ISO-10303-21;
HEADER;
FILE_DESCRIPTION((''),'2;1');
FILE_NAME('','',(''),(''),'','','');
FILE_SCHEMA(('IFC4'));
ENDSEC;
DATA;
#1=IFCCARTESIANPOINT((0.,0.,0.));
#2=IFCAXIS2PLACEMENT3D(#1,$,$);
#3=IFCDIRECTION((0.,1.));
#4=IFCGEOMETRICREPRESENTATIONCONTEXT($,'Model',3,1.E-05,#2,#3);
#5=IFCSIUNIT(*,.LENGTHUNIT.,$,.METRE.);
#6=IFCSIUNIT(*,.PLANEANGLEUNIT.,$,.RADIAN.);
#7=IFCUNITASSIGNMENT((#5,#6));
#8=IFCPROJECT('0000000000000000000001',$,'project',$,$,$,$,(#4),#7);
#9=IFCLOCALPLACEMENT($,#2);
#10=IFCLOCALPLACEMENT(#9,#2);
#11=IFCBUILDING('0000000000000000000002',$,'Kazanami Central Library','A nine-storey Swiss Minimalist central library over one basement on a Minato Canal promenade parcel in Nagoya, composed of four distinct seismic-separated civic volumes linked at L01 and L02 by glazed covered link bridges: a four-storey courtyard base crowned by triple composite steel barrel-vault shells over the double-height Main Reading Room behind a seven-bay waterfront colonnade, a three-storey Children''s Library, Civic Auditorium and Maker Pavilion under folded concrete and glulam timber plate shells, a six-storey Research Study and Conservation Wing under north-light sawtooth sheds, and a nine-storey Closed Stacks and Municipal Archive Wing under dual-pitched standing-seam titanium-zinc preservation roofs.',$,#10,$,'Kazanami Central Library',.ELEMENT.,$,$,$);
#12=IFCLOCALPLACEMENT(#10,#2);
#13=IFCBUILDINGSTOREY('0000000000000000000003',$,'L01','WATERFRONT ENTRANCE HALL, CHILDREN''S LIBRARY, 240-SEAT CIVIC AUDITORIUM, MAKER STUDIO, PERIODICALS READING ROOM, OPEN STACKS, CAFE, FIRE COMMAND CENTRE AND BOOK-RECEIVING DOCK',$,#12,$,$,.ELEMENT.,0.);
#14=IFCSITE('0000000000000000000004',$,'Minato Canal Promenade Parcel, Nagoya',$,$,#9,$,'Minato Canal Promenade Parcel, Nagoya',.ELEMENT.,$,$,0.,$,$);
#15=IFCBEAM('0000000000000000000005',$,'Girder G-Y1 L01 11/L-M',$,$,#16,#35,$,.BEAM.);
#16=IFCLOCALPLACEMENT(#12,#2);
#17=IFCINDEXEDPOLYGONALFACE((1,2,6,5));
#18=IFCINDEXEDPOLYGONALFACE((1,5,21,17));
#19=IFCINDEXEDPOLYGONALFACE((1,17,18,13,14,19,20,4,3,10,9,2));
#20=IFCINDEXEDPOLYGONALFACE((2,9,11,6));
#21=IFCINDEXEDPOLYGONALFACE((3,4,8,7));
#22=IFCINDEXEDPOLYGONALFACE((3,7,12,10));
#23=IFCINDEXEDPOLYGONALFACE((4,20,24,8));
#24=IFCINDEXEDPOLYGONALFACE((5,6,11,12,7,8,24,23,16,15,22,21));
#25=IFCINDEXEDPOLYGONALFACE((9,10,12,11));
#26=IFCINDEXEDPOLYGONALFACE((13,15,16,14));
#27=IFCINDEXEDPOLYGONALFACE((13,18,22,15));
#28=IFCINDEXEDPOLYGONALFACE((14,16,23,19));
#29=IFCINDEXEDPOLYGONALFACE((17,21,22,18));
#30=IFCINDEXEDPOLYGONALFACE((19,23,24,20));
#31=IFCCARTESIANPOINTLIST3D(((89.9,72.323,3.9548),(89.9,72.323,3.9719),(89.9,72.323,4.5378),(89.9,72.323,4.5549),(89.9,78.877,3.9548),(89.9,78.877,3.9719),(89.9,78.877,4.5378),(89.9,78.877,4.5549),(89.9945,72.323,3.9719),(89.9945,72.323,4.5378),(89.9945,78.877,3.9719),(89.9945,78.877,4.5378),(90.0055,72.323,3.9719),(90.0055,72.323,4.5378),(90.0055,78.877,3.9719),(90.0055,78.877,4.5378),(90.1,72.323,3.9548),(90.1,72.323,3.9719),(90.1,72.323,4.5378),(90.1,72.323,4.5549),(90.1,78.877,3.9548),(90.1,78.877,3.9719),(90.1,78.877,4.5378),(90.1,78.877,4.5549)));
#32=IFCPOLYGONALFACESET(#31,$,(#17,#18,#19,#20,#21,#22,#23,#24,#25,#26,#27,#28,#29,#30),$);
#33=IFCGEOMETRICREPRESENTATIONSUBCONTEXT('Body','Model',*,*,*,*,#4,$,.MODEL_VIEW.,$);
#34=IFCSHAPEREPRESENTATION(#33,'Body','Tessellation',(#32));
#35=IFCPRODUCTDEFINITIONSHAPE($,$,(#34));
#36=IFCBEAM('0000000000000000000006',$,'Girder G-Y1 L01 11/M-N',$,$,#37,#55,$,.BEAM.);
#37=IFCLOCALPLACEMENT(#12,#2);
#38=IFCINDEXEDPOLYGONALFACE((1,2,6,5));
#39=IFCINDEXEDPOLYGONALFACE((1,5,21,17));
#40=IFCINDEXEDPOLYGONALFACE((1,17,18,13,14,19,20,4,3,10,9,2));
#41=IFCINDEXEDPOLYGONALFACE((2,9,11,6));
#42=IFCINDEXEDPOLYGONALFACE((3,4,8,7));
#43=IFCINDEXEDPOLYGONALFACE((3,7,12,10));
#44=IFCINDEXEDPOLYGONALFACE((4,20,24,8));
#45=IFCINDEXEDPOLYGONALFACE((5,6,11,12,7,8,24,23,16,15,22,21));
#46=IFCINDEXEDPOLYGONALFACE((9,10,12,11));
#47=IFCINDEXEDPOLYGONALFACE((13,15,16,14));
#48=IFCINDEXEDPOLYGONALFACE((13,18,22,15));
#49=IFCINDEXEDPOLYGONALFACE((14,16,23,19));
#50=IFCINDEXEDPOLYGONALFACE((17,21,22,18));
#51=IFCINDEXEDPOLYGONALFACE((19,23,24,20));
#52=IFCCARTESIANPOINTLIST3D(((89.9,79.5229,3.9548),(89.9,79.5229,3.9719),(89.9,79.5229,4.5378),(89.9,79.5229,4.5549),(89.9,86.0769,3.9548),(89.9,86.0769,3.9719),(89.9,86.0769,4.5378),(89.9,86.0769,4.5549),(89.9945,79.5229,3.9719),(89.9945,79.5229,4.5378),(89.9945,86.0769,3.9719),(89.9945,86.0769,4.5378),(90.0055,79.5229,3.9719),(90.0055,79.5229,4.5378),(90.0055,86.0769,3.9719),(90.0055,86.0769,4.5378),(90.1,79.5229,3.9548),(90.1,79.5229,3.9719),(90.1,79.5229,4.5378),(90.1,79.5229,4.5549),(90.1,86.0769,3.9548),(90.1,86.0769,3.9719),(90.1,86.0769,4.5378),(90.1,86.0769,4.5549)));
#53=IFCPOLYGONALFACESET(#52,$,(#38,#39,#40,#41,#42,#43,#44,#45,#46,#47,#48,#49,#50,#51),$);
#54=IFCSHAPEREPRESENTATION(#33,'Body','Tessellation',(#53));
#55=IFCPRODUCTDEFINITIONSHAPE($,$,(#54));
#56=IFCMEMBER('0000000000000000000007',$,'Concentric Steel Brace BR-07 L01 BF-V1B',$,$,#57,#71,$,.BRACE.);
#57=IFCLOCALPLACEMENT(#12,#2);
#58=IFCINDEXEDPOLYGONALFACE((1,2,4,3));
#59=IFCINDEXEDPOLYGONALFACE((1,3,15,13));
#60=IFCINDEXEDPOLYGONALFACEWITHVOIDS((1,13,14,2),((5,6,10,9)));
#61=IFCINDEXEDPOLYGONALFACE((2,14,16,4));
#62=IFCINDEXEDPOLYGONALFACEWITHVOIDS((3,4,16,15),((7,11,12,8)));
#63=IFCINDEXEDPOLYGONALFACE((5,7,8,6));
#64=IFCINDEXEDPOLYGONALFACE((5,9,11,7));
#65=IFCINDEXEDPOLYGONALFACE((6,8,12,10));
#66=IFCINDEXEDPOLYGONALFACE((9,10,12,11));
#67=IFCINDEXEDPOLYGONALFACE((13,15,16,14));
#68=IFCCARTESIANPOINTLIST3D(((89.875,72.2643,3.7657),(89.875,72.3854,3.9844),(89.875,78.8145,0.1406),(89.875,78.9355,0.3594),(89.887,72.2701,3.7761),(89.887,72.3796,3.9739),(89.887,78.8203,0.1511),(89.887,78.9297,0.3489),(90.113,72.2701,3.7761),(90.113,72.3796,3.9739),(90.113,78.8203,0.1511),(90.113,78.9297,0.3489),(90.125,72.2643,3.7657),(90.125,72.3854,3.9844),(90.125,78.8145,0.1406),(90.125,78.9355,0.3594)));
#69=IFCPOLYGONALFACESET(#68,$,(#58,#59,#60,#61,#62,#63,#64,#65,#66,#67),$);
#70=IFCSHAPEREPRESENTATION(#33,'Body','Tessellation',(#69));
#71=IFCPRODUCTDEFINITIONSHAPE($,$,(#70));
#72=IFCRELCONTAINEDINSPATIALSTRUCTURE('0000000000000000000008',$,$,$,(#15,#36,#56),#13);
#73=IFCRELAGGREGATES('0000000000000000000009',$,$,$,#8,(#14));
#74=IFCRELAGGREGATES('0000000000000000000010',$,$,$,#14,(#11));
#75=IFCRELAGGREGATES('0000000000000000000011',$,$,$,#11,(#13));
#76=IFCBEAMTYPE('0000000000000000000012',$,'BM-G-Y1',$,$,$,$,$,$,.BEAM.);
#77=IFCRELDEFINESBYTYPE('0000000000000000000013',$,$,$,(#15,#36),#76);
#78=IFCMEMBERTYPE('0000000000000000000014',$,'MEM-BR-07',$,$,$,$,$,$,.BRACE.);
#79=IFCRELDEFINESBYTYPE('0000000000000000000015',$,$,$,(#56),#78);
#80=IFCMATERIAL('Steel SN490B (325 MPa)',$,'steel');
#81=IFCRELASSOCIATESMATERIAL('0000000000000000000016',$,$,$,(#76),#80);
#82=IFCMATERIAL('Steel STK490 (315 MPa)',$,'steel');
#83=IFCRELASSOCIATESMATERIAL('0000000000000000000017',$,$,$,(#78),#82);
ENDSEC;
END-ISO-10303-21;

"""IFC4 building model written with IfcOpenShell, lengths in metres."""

from ifc_helpers import new_model, si_unit, direction, frame, origin, origin_2d, place, context, subcontext, project, spatial, hollow_rectangle, i_section, extrude, material, material_profile, profile_set, type_object, element, save


model = new_model("IFC4")

# Units and contexts
model_context = context("Model", 3, precision=1e-05, world=origin(), true_north=direction((0.0, 1.0)))
body_context = subcontext(model_context, "Body", "Model", "MODEL_VIEW")
ifc_project = project(units=[si_unit("LENGTHUNIT", "METRE"), si_unit("PLANEANGLEUNIT", "RADIAN")], contexts=[model_context])

# Site, building, storey
site_placement = place(None, origin())
site = spatial("IfcSite", under=ifc_project, at=site_placement, Name="Minato Canal Promenade Parcel, Nagoya", LongName="Minato Canal Promenade Parcel, Nagoya", CompositionType="ELEMENT", RefElevation=0.0)
building_placement = place(site_placement, origin())
building = spatial("IfcBuilding", under=site, at=building_placement, Name="Kazanami Central Library", Description="A nine-storey Swiss Minimalist central library over one basement on a Minato Canal promenade parcel in Nagoya, composed of four distinct seismic-separated civic volumes linked at L01 and L02 by glazed covered link bridges: a four-storey courtyard base crowned by triple composite steel barrel-vault shells over the double-height Main Reading Room behind a seven-bay waterfront colonnade, a three-storey Children's Library, Civic Auditorium and Maker Pavilion under folded concrete and glulam timber plate shells, a six-storey Research Study and Conservation Wing under north-light sawtooth sheds, and a nine-storey Closed Stacks and Municipal Archive Wing under dual-pitched standing-seam titanium-zinc preservation roofs.", LongName="Kazanami Central Library", CompositionType="ELEMENT")
storey_placement = place(building_placement, origin())
storey = spatial("IfcBuildingStorey", under=building, at=storey_placement, Name="L01", Description="WATERFRONT ENTRANCE HALL, CHILDREN'S LIBRARY, 240-SEAT CIVIC AUDITORIUM, MAKER STUDIO, PERIODICALS READING ROOM, OPEN STACKS, CAFE, FIRE COMMAND CENTRE AND BOOK-RECEIVING DOCK", CompositionType="ELEMENT", Elevation=0.0)

# Beams
ifc_material_1 = material(Name="Steel SN490B (325 MPa)", Category="steel")
ifc_material_profile_1 = material_profile(ifc_material_1, i_section(OverallWidth=0.2, OverallDepth=0.6001, WebThickness=0.011, FlangeThickness=0.0171, at=origin_2d()), Name="H-600x200x11x17")
ifc_profile_set_1 = profile_set([ifc_material_profile_1], Name="Steel SN490B (325 MPa)")
beam_type_1 = type_object("IfcBeamType", Name="BM-G-Y1", PredefinedType="BEAM", material=ifc_profile_set_1)
for number, where, z_axis, x_axis, name in (
    (1, (90.0, 72.323, 4.2549), (0.0, 1.0, 0.0), (-1.0, 0.0, 0.0), "Girder G-Y1 L01 11/L-M"),
    (2, (90.0, 79.5229, 4.2549), (0.0, 1.0, 0.0), (-1.0, 0.0, 0.0), "Girder G-Y1 L01 11/M-N"),
):
    element("IfcBeam", number, at=place(storey_placement, frame(where, z_axis=z_axis, x_axis=x_axis)), inside=storey, type_object=beam_type_1, Name=name, PredefinedType="BEAM", context=body_context, shape_type="SweptSolid", body=[
        extrude(i_section(OverallWidth=0.2, OverallDepth=0.6001, WebThickness=0.011, FlangeThickness=0.0171, at=origin_2d()), origin(), (0.0, 0.0, 1.0), 6.554),
    ])

# Member
ifc_material_2 = material(Name="Steel STK490 (315 MPa)", Category="steel")
ifc_material_profile_2 = material_profile(ifc_material_2, hollow_rectangle(XDim=0.25, YDim=0.25, WallThickness=0.012, at=origin_2d()), Name="STKR-250x250x12")
ifc_profile_set_2 = profile_set([ifc_material_profile_2], Name="Steel STK490 (315 MPa)")
member_type = type_object("IfcMemberType", Name="MEM-BR-07", PredefinedType="BRACE", material=ifc_profile_set_2)
member_placement = place(storey_placement, frame((90.0, 78.875, 0.25), z_axis=(0.0, -0.874945, 0.484222), x_axis=(1.0, 0.0, 0.0)))
element("IfcMember", 3, at=member_placement, inside=storey, type_object=member_type, Name="Concentric Steel Brace BR-07 L01 BF-V1B", PredefinedType="BRACE", context=body_context, shape_type="SweptSolid", body=[
    extrude(hollow_rectangle(XDim=0.25, YDim=0.25, WallThickness=0.012, at=origin_2d()), origin(), (0.0, 0.0, 1.0), 7.4863),
])

save(model, "model.ifc")
